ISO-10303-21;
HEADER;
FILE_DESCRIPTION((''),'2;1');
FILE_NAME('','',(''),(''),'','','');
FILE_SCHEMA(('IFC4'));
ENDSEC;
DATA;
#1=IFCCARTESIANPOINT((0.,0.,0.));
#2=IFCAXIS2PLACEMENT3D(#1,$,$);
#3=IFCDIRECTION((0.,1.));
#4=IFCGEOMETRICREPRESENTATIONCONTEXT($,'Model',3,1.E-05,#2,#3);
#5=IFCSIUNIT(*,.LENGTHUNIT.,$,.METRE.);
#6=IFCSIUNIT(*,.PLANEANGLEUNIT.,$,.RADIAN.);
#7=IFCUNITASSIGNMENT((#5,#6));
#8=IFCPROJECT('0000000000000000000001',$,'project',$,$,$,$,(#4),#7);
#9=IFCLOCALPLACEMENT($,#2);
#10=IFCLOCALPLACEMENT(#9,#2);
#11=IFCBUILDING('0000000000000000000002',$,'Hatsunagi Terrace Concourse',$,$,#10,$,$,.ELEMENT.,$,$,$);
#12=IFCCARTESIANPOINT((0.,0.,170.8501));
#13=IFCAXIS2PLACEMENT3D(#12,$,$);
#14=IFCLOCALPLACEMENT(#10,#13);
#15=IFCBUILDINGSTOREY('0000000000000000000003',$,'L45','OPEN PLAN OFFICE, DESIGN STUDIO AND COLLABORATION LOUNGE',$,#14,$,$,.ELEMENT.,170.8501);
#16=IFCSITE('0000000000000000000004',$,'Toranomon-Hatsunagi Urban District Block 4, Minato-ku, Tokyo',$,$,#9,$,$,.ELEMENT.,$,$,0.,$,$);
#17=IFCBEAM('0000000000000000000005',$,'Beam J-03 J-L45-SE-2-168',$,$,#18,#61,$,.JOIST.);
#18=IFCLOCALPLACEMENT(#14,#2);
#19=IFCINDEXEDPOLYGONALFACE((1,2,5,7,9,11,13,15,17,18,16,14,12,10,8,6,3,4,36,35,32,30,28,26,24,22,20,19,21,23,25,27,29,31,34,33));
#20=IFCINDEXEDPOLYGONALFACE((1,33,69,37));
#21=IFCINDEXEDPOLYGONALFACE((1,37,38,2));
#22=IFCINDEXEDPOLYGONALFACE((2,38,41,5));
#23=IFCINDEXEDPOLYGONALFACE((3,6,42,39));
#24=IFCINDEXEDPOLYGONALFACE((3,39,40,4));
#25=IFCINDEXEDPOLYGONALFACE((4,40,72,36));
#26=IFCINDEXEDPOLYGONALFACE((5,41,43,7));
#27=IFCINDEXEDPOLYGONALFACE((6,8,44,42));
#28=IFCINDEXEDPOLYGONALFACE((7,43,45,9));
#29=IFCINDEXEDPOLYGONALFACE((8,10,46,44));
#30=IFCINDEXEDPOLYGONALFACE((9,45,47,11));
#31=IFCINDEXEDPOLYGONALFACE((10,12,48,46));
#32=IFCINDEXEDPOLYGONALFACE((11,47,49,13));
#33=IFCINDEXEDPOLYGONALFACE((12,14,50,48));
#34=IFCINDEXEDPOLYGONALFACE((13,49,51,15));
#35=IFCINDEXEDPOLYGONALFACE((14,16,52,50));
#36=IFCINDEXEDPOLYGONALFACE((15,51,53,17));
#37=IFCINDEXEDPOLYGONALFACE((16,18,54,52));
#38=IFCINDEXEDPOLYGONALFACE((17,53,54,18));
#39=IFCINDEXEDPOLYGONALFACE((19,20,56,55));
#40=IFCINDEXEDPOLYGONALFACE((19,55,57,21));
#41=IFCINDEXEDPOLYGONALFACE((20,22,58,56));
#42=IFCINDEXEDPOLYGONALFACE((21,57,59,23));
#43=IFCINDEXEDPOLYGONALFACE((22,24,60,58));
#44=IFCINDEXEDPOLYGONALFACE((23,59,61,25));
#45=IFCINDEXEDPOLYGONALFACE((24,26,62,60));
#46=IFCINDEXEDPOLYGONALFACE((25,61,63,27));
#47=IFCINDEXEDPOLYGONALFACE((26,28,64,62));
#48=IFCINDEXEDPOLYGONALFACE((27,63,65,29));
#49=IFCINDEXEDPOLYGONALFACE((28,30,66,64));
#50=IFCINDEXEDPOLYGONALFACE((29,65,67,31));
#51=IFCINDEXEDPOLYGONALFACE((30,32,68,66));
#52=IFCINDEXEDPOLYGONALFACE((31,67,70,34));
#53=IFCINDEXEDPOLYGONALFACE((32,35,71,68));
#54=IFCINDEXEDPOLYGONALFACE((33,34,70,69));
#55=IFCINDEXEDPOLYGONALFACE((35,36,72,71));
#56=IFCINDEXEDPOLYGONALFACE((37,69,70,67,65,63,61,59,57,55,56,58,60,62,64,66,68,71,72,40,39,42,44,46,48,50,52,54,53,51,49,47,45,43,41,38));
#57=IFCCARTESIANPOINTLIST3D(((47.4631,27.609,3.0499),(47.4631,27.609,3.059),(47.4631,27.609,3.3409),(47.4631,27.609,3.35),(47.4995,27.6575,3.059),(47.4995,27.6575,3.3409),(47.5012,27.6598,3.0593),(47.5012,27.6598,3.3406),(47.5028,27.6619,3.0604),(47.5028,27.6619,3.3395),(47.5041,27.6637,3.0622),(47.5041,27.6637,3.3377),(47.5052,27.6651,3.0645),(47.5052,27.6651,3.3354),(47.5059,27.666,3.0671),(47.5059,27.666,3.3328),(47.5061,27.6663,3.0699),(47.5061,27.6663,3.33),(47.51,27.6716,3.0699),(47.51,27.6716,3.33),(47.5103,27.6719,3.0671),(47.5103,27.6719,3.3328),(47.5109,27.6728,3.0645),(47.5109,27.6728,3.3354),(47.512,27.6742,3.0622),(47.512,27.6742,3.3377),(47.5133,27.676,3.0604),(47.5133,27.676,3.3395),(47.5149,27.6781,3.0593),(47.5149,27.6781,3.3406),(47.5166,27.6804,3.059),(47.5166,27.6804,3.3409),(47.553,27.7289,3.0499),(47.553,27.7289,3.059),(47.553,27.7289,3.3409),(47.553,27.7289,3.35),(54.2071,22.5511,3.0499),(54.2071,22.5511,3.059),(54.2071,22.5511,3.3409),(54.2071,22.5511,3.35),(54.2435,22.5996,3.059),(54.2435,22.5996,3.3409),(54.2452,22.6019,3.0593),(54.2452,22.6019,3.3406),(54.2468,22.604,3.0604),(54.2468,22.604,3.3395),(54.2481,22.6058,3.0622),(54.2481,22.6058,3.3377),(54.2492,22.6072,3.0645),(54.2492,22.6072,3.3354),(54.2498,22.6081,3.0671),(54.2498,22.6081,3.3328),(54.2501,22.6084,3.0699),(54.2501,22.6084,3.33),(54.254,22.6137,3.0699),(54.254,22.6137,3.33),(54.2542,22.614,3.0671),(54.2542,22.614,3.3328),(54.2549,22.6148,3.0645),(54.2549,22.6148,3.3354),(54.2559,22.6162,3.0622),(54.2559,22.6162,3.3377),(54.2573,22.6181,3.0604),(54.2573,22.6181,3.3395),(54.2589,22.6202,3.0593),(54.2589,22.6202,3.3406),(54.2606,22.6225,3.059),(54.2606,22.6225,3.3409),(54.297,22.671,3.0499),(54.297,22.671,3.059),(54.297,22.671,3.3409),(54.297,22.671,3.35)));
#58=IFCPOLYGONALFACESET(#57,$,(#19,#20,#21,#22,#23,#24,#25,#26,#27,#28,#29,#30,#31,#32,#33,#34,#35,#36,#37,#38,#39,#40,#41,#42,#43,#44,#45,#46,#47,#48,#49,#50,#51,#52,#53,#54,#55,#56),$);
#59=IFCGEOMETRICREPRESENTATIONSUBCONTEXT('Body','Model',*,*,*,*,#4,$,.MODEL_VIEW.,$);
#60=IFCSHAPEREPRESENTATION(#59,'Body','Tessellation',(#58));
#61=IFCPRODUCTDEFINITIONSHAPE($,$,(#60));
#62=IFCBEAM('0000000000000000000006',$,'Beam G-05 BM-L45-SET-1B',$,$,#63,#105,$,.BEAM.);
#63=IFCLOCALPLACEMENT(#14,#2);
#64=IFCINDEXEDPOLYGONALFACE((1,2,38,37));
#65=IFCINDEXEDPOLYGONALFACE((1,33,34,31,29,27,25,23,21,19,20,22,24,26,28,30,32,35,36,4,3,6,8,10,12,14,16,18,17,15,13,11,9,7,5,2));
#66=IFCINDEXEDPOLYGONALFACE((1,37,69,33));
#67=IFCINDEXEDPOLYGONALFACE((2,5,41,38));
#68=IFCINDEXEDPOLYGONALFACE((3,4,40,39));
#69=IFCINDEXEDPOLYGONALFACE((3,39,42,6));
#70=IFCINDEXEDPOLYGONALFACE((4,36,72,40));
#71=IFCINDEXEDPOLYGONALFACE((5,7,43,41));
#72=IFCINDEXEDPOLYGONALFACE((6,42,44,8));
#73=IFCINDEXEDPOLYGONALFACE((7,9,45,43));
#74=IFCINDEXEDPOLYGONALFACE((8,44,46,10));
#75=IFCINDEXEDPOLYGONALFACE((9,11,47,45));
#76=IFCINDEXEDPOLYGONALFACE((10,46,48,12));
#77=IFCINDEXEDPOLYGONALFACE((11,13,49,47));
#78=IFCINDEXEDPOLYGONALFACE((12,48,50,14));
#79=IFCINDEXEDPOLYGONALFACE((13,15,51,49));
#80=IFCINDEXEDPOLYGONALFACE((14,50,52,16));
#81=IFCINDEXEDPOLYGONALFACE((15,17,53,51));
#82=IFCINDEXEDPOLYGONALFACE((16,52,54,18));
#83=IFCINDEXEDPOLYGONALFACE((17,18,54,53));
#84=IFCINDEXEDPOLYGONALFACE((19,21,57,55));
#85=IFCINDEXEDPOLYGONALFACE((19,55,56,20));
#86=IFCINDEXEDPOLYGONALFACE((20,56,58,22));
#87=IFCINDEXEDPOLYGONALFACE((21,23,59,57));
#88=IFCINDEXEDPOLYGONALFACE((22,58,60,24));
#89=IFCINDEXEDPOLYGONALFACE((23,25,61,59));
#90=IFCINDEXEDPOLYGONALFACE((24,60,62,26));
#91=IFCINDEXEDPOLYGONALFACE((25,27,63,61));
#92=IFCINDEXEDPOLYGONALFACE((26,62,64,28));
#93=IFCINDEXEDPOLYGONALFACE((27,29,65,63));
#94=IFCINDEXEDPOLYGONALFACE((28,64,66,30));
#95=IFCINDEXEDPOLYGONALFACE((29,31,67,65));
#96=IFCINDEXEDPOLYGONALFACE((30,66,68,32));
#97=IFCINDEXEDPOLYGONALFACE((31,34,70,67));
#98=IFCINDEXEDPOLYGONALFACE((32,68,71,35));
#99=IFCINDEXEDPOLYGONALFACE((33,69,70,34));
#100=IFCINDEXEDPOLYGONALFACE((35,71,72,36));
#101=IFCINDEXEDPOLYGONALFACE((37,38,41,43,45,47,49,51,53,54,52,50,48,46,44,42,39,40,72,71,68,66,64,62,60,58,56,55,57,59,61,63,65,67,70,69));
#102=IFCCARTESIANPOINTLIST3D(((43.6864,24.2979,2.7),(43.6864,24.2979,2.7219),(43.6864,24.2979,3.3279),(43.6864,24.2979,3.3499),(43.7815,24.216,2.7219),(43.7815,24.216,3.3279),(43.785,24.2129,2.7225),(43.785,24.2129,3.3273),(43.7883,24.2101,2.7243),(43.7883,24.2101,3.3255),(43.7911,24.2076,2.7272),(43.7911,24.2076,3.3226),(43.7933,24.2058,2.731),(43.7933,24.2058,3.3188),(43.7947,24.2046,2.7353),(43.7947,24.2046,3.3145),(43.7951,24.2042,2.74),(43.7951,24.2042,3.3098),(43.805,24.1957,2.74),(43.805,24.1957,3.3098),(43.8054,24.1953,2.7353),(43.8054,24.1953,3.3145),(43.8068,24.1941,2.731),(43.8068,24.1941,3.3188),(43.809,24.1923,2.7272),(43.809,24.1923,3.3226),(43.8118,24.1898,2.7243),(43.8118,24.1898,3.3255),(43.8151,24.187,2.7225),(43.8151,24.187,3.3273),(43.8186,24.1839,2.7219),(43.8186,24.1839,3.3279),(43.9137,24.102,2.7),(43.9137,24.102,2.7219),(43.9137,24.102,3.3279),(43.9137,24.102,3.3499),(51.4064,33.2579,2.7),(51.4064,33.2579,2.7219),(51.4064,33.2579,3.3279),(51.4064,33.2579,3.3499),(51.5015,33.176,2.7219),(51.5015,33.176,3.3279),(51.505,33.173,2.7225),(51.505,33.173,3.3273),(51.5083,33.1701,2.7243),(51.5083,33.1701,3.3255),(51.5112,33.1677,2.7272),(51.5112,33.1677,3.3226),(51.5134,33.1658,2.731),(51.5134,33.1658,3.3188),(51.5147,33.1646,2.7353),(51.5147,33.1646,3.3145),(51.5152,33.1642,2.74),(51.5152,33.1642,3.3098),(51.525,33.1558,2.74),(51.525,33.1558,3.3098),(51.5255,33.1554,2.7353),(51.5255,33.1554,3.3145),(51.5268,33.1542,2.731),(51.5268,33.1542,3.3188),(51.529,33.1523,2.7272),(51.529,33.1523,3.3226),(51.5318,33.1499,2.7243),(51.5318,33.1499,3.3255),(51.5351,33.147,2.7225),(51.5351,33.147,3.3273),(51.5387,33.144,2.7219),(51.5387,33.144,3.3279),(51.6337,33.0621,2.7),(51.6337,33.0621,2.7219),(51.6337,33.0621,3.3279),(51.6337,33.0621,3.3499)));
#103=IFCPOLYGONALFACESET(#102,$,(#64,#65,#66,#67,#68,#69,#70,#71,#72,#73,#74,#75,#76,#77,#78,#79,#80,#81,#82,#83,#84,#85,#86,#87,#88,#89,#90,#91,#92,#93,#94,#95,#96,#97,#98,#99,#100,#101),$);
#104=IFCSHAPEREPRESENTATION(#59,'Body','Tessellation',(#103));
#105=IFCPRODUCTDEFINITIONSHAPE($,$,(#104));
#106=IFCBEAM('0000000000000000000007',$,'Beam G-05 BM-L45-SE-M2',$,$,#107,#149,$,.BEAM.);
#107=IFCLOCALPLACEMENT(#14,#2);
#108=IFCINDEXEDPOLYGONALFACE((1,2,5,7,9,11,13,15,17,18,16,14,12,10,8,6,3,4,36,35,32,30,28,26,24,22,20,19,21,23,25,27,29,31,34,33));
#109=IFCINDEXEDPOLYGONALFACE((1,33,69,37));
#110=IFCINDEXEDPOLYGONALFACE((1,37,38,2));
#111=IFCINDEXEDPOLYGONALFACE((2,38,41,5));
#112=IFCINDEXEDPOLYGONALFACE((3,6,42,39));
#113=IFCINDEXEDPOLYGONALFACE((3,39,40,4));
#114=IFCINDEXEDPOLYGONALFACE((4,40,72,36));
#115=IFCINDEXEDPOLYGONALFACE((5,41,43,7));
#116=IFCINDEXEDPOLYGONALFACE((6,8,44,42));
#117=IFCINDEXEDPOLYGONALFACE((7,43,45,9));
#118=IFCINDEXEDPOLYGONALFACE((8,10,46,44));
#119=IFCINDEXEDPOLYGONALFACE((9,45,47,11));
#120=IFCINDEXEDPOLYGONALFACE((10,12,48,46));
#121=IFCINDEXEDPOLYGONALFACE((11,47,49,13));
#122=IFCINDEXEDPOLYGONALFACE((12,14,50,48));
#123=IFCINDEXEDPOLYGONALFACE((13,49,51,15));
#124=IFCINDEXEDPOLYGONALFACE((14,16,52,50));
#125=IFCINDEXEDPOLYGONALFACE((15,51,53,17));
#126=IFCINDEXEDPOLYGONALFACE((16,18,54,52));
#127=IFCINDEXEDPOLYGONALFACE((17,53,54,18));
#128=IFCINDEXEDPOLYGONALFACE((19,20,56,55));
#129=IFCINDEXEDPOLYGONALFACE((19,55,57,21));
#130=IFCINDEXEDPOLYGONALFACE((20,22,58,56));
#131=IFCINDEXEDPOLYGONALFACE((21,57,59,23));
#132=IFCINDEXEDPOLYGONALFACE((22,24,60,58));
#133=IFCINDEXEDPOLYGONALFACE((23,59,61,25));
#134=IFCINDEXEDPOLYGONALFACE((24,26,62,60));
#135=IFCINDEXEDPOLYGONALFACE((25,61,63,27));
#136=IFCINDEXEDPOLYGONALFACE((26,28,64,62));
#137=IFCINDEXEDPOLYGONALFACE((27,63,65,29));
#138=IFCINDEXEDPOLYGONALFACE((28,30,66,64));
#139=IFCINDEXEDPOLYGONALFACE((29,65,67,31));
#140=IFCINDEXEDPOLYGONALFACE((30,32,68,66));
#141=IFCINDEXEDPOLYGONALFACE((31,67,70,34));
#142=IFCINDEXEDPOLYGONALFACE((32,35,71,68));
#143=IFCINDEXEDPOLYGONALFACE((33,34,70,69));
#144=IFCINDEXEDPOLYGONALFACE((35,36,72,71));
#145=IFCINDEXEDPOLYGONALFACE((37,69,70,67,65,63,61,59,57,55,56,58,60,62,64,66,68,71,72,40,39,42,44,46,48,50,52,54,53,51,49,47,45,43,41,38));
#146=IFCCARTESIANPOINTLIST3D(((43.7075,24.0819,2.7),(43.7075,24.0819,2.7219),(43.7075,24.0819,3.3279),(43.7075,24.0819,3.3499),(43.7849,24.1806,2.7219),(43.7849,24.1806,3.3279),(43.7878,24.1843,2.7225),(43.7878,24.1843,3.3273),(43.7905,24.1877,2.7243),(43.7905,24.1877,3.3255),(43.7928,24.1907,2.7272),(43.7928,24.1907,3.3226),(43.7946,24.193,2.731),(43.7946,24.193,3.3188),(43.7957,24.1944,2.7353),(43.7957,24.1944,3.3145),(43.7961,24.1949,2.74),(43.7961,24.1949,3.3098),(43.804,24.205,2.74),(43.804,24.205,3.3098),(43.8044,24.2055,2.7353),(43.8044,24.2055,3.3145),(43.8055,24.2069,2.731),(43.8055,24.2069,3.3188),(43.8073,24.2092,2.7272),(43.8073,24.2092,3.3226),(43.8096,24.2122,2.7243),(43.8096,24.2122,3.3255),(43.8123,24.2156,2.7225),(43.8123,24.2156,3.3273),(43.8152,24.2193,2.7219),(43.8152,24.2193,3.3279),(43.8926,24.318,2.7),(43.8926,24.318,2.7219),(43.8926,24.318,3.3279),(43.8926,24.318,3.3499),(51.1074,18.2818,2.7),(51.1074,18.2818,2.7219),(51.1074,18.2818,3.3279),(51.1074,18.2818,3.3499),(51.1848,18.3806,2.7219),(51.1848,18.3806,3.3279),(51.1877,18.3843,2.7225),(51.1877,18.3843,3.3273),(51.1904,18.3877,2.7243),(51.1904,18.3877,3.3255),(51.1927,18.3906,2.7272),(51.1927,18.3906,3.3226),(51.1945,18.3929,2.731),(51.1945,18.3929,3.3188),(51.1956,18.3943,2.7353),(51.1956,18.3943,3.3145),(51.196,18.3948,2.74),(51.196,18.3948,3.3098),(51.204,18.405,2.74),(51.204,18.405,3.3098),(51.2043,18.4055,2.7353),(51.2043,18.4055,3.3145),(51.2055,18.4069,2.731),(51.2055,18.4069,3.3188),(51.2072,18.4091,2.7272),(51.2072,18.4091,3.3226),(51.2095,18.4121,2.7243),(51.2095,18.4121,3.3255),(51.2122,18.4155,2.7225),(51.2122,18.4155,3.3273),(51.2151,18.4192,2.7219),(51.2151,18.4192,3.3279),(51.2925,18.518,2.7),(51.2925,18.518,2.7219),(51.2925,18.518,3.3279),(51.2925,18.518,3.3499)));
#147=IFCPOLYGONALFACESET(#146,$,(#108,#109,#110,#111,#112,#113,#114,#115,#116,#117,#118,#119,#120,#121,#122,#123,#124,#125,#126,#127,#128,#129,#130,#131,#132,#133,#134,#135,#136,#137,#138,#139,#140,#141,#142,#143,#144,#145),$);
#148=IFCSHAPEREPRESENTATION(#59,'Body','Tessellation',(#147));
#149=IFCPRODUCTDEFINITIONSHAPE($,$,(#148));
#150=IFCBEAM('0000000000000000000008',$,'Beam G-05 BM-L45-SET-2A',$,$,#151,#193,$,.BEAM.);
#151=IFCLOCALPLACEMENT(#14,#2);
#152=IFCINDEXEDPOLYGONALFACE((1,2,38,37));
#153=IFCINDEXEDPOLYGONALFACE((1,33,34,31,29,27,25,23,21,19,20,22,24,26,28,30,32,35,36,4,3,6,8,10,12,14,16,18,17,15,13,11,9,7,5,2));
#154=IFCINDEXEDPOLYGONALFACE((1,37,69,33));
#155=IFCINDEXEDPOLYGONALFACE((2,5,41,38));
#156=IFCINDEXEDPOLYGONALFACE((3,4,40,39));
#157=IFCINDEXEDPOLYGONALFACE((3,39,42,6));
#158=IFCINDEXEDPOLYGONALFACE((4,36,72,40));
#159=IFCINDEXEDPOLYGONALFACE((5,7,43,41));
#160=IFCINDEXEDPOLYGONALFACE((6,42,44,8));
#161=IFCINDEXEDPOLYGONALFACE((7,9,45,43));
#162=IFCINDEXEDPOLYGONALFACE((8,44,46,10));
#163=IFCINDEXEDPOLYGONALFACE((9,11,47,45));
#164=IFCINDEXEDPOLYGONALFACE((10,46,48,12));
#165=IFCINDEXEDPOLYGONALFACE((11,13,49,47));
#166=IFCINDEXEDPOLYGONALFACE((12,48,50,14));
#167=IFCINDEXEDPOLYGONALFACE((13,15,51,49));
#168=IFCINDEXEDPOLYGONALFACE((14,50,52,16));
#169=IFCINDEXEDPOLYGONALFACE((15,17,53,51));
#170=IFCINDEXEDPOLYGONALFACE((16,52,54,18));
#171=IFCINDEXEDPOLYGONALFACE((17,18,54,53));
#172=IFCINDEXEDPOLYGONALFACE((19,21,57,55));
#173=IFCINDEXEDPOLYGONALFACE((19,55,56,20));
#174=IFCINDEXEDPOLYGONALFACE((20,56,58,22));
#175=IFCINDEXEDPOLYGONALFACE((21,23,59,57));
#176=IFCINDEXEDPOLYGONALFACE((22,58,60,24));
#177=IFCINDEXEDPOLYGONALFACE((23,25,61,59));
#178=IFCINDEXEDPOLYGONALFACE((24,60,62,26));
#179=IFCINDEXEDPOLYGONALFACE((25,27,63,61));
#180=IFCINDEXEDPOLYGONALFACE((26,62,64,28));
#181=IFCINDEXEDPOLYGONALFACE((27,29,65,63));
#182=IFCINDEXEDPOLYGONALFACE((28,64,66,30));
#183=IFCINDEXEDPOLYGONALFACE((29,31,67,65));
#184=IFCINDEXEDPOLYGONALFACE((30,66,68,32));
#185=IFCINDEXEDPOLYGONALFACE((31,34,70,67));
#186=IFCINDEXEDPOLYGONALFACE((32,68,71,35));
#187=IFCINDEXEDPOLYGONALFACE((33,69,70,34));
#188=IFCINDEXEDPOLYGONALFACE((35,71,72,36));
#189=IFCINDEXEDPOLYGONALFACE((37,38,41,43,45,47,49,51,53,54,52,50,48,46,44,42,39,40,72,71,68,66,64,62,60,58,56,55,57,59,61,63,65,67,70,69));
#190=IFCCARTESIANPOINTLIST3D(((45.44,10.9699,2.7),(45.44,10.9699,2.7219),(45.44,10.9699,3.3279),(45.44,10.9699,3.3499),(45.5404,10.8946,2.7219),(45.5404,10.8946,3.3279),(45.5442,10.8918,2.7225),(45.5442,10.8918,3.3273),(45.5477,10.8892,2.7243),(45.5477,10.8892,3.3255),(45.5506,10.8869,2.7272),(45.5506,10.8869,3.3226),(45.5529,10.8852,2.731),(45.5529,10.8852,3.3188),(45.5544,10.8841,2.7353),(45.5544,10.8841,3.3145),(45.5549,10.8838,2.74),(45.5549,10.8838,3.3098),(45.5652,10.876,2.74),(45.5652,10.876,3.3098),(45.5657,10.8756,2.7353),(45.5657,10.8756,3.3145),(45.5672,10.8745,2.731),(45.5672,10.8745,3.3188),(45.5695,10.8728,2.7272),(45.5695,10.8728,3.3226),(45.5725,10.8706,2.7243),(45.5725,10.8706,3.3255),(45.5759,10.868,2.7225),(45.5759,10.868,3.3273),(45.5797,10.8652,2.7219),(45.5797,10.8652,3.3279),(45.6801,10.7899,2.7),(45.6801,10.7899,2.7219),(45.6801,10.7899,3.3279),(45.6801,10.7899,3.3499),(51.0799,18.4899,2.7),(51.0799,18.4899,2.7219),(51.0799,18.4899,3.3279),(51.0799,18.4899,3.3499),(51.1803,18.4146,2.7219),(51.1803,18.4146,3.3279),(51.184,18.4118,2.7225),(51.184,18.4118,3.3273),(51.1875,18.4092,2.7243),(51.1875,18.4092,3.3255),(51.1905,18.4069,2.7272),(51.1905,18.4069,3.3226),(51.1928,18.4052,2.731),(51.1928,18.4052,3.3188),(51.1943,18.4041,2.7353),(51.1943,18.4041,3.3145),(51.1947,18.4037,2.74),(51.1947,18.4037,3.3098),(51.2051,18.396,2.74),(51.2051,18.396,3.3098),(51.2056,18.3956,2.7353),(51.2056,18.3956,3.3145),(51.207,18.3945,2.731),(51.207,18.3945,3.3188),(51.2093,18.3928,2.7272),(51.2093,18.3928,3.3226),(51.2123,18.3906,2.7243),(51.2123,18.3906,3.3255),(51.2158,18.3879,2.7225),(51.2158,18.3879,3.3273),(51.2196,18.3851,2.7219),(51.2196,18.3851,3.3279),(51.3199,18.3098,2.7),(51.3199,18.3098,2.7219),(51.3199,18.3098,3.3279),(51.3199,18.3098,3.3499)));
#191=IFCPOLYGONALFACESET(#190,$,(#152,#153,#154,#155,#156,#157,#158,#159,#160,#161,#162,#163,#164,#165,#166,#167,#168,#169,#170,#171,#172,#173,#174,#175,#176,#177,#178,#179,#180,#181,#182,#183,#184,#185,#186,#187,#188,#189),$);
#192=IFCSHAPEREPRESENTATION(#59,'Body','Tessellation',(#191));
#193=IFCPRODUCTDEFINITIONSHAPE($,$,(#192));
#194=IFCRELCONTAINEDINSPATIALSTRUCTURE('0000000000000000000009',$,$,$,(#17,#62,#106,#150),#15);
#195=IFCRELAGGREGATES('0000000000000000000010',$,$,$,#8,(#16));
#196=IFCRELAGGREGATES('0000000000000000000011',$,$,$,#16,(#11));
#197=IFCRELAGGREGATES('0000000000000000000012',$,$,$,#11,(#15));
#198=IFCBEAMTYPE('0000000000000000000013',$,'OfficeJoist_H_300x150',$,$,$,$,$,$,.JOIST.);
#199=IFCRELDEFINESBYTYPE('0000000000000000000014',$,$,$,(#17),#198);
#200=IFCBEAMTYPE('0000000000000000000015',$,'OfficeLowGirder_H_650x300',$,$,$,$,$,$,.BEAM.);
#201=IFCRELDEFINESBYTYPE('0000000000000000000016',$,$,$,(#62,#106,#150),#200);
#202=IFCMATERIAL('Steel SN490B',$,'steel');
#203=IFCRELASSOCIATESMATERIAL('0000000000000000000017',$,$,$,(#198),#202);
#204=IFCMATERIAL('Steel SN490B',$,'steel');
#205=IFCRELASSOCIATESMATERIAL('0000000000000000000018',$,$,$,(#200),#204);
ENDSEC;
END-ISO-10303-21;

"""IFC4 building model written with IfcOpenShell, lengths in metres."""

from ifc_helpers import new_model, si_unit, direction, frame, origin, origin_2d, place, context, subcontext, project, spatial, i_section, extrude, material, material_profile, profile_set, type_object, element, save


model = new_model("IFC4")

# Units and contexts
model_context = context("Model", 3, precision=1e-05, world=origin(), true_north=direction((0.0, 1.0)))
body_context = subcontext(model_context, "Body", "Model", "MODEL_VIEW")
ifc_project = project(units=[si_unit("LENGTHUNIT", "METRE"), si_unit("PLANEANGLEUNIT", "RADIAN")], contexts=[model_context])

# Site, building, storey
site_placement = place(None, origin())
site = spatial("IfcSite", under=ifc_project, at=site_placement, Name="Toranomon-Hatsunagi Urban District Block 4, Minato-ku, Tokyo", CompositionType="ELEMENT", RefElevation=0.0)
building_placement = place(site_placement, origin())
building = spatial("IfcBuilding", under=site, at=building_placement, Name="Hatsunagi Terrace Concourse", CompositionType="ELEMENT")
storey_placement = place(building_placement, frame((0.0, 0.0, 170.8501)))
storey = spatial("IfcBuildingStorey", under=building, at=storey_placement, Name="L45", Description="OPEN PLAN OFFICE, DESIGN STUDIO AND COLLABORATION LOUNGE", CompositionType="ELEMENT", Elevation=170.8501)

# Beams
ifc_material_1 = material(Name="Steel SN490B", Category="steel")
ifc_material_profile_1 = material_profile(ifc_material_1, i_section(OverallWidth=0.1499, OverallDepth=0.3, WebThickness=0.0066, FlangeThickness=0.009, FilletRadius=0.011, at=origin_2d()), Name="H-300x150x6.5x9")
ifc_profile_set_1 = profile_set([ifc_material_profile_1], Name="Steel SN490B")
beam_type_1 = type_object("IfcBeamType", Name="OfficeJoist_H_300x150", PredefinedType="JOIST", material=ifc_profile_set_1)
for number, where, z_axis, x_axis, name in (
    (1, (47.5081, 27.6689, 3.2), (0.800003, -0.599995, 0.0), (0.599995, 0.800003, 0.0), "Beam J-03 J-L45-SE-2-168"),
):
    element("IfcBeam", number, at=place(storey_placement, frame(where, z_axis=z_axis, x_axis=x_axis)), inside=storey, type_object=beam_type_1, Name=name, PredefinedType="JOIST", context=body_context, shape_type="SweptSolid", body=[
        extrude(i_section(OverallWidth=0.1499, OverallDepth=0.3, WebThickness=0.0066, FlangeThickness=0.009, FilletRadius=0.011, at=origin_2d()), origin(), (0.0, 0.0, 1.0), 8.4299),
    ])
ifc_material_2 = material(Name="Steel SN490B", Category="steel")
ifc_material_profile_2 = material_profile(ifc_material_2, i_section(OverallWidth=0.3, OverallDepth=0.6499, WebThickness=0.0129, FlangeThickness=0.022, FilletRadius=0.0181, at=origin_2d()), Name="H-650x300x13x22")
ifc_profile_set_2 = profile_set([ifc_material_profile_2], Name="Steel SN490B")
beam_type_2 = type_object("IfcBeamType", Name="OfficeLowGirder_H_650x300", PredefinedType="BEAM", material=ifc_profile_set_2)
beam_1_placement = place(storey_placement, frame((43.8, 24.2, 3.0249), z_axis=(0.652739, 0.757583, 0.0), x_axis=(-0.757583, 0.652739, 0.0)))
element("IfcBeam", 2, at=beam_1_placement, inside=storey, type_object=beam_type_2, Name="Beam G-05 BM-L45-SET-1B", PredefinedType="BEAM", context=body_context, shape_type="SweptSolid", body=[
    extrude(i_section(OverallWidth=0.3, OverallDepth=0.6499, WebThickness=0.0129, FlangeThickness=0.022, FilletRadius=0.0181, at=origin_2d()), origin(), (0.0, 0.0, 1.0), 11.8271),
])
beam_2_placement = place(storey_placement, frame((43.8, 24.2, 3.0249), z_axis=(0.787049, -0.61689, 0.0), x_axis=(0.61689, 0.787049, 0.0)))
element("IfcBeam", 3, at=beam_2_placement, inside=storey, type_object=beam_type_2, Name="Beam G-05 BM-L45-SE-M2", PredefinedType="BEAM", context=body_context, shape_type="SweptSolid", body=[
    extrude(i_section(OverallWidth=0.3, OverallDepth=0.6499, WebThickness=0.0129, FlangeThickness=0.022, FilletRadius=0.0181, at=origin_2d()), origin(), (0.0, 0.0, 1.0), 9.4021),
])
beam_3_placement = place(storey_placement, frame((45.5601, 10.8799, 3.0249), z_axis=(0.599992, 0.800006, 0.0), x_axis=(-0.800006, 0.599992, 0.0)))
element("IfcBeam", 4, at=beam_3_placement, inside=storey, type_object=beam_type_2, Name="Beam G-05 BM-L45-SET-2A", PredefinedType="BEAM", context=body_context, shape_type="SweptSolid", body=[
    extrude(i_section(OverallWidth=0.3, OverallDepth=0.6499, WebThickness=0.0129, FlangeThickness=0.022, FilletRadius=0.0181, at=origin_2d()), origin(), (0.0, 0.0, 1.0), 9.3999),
])

save(model, "model.ifc")
